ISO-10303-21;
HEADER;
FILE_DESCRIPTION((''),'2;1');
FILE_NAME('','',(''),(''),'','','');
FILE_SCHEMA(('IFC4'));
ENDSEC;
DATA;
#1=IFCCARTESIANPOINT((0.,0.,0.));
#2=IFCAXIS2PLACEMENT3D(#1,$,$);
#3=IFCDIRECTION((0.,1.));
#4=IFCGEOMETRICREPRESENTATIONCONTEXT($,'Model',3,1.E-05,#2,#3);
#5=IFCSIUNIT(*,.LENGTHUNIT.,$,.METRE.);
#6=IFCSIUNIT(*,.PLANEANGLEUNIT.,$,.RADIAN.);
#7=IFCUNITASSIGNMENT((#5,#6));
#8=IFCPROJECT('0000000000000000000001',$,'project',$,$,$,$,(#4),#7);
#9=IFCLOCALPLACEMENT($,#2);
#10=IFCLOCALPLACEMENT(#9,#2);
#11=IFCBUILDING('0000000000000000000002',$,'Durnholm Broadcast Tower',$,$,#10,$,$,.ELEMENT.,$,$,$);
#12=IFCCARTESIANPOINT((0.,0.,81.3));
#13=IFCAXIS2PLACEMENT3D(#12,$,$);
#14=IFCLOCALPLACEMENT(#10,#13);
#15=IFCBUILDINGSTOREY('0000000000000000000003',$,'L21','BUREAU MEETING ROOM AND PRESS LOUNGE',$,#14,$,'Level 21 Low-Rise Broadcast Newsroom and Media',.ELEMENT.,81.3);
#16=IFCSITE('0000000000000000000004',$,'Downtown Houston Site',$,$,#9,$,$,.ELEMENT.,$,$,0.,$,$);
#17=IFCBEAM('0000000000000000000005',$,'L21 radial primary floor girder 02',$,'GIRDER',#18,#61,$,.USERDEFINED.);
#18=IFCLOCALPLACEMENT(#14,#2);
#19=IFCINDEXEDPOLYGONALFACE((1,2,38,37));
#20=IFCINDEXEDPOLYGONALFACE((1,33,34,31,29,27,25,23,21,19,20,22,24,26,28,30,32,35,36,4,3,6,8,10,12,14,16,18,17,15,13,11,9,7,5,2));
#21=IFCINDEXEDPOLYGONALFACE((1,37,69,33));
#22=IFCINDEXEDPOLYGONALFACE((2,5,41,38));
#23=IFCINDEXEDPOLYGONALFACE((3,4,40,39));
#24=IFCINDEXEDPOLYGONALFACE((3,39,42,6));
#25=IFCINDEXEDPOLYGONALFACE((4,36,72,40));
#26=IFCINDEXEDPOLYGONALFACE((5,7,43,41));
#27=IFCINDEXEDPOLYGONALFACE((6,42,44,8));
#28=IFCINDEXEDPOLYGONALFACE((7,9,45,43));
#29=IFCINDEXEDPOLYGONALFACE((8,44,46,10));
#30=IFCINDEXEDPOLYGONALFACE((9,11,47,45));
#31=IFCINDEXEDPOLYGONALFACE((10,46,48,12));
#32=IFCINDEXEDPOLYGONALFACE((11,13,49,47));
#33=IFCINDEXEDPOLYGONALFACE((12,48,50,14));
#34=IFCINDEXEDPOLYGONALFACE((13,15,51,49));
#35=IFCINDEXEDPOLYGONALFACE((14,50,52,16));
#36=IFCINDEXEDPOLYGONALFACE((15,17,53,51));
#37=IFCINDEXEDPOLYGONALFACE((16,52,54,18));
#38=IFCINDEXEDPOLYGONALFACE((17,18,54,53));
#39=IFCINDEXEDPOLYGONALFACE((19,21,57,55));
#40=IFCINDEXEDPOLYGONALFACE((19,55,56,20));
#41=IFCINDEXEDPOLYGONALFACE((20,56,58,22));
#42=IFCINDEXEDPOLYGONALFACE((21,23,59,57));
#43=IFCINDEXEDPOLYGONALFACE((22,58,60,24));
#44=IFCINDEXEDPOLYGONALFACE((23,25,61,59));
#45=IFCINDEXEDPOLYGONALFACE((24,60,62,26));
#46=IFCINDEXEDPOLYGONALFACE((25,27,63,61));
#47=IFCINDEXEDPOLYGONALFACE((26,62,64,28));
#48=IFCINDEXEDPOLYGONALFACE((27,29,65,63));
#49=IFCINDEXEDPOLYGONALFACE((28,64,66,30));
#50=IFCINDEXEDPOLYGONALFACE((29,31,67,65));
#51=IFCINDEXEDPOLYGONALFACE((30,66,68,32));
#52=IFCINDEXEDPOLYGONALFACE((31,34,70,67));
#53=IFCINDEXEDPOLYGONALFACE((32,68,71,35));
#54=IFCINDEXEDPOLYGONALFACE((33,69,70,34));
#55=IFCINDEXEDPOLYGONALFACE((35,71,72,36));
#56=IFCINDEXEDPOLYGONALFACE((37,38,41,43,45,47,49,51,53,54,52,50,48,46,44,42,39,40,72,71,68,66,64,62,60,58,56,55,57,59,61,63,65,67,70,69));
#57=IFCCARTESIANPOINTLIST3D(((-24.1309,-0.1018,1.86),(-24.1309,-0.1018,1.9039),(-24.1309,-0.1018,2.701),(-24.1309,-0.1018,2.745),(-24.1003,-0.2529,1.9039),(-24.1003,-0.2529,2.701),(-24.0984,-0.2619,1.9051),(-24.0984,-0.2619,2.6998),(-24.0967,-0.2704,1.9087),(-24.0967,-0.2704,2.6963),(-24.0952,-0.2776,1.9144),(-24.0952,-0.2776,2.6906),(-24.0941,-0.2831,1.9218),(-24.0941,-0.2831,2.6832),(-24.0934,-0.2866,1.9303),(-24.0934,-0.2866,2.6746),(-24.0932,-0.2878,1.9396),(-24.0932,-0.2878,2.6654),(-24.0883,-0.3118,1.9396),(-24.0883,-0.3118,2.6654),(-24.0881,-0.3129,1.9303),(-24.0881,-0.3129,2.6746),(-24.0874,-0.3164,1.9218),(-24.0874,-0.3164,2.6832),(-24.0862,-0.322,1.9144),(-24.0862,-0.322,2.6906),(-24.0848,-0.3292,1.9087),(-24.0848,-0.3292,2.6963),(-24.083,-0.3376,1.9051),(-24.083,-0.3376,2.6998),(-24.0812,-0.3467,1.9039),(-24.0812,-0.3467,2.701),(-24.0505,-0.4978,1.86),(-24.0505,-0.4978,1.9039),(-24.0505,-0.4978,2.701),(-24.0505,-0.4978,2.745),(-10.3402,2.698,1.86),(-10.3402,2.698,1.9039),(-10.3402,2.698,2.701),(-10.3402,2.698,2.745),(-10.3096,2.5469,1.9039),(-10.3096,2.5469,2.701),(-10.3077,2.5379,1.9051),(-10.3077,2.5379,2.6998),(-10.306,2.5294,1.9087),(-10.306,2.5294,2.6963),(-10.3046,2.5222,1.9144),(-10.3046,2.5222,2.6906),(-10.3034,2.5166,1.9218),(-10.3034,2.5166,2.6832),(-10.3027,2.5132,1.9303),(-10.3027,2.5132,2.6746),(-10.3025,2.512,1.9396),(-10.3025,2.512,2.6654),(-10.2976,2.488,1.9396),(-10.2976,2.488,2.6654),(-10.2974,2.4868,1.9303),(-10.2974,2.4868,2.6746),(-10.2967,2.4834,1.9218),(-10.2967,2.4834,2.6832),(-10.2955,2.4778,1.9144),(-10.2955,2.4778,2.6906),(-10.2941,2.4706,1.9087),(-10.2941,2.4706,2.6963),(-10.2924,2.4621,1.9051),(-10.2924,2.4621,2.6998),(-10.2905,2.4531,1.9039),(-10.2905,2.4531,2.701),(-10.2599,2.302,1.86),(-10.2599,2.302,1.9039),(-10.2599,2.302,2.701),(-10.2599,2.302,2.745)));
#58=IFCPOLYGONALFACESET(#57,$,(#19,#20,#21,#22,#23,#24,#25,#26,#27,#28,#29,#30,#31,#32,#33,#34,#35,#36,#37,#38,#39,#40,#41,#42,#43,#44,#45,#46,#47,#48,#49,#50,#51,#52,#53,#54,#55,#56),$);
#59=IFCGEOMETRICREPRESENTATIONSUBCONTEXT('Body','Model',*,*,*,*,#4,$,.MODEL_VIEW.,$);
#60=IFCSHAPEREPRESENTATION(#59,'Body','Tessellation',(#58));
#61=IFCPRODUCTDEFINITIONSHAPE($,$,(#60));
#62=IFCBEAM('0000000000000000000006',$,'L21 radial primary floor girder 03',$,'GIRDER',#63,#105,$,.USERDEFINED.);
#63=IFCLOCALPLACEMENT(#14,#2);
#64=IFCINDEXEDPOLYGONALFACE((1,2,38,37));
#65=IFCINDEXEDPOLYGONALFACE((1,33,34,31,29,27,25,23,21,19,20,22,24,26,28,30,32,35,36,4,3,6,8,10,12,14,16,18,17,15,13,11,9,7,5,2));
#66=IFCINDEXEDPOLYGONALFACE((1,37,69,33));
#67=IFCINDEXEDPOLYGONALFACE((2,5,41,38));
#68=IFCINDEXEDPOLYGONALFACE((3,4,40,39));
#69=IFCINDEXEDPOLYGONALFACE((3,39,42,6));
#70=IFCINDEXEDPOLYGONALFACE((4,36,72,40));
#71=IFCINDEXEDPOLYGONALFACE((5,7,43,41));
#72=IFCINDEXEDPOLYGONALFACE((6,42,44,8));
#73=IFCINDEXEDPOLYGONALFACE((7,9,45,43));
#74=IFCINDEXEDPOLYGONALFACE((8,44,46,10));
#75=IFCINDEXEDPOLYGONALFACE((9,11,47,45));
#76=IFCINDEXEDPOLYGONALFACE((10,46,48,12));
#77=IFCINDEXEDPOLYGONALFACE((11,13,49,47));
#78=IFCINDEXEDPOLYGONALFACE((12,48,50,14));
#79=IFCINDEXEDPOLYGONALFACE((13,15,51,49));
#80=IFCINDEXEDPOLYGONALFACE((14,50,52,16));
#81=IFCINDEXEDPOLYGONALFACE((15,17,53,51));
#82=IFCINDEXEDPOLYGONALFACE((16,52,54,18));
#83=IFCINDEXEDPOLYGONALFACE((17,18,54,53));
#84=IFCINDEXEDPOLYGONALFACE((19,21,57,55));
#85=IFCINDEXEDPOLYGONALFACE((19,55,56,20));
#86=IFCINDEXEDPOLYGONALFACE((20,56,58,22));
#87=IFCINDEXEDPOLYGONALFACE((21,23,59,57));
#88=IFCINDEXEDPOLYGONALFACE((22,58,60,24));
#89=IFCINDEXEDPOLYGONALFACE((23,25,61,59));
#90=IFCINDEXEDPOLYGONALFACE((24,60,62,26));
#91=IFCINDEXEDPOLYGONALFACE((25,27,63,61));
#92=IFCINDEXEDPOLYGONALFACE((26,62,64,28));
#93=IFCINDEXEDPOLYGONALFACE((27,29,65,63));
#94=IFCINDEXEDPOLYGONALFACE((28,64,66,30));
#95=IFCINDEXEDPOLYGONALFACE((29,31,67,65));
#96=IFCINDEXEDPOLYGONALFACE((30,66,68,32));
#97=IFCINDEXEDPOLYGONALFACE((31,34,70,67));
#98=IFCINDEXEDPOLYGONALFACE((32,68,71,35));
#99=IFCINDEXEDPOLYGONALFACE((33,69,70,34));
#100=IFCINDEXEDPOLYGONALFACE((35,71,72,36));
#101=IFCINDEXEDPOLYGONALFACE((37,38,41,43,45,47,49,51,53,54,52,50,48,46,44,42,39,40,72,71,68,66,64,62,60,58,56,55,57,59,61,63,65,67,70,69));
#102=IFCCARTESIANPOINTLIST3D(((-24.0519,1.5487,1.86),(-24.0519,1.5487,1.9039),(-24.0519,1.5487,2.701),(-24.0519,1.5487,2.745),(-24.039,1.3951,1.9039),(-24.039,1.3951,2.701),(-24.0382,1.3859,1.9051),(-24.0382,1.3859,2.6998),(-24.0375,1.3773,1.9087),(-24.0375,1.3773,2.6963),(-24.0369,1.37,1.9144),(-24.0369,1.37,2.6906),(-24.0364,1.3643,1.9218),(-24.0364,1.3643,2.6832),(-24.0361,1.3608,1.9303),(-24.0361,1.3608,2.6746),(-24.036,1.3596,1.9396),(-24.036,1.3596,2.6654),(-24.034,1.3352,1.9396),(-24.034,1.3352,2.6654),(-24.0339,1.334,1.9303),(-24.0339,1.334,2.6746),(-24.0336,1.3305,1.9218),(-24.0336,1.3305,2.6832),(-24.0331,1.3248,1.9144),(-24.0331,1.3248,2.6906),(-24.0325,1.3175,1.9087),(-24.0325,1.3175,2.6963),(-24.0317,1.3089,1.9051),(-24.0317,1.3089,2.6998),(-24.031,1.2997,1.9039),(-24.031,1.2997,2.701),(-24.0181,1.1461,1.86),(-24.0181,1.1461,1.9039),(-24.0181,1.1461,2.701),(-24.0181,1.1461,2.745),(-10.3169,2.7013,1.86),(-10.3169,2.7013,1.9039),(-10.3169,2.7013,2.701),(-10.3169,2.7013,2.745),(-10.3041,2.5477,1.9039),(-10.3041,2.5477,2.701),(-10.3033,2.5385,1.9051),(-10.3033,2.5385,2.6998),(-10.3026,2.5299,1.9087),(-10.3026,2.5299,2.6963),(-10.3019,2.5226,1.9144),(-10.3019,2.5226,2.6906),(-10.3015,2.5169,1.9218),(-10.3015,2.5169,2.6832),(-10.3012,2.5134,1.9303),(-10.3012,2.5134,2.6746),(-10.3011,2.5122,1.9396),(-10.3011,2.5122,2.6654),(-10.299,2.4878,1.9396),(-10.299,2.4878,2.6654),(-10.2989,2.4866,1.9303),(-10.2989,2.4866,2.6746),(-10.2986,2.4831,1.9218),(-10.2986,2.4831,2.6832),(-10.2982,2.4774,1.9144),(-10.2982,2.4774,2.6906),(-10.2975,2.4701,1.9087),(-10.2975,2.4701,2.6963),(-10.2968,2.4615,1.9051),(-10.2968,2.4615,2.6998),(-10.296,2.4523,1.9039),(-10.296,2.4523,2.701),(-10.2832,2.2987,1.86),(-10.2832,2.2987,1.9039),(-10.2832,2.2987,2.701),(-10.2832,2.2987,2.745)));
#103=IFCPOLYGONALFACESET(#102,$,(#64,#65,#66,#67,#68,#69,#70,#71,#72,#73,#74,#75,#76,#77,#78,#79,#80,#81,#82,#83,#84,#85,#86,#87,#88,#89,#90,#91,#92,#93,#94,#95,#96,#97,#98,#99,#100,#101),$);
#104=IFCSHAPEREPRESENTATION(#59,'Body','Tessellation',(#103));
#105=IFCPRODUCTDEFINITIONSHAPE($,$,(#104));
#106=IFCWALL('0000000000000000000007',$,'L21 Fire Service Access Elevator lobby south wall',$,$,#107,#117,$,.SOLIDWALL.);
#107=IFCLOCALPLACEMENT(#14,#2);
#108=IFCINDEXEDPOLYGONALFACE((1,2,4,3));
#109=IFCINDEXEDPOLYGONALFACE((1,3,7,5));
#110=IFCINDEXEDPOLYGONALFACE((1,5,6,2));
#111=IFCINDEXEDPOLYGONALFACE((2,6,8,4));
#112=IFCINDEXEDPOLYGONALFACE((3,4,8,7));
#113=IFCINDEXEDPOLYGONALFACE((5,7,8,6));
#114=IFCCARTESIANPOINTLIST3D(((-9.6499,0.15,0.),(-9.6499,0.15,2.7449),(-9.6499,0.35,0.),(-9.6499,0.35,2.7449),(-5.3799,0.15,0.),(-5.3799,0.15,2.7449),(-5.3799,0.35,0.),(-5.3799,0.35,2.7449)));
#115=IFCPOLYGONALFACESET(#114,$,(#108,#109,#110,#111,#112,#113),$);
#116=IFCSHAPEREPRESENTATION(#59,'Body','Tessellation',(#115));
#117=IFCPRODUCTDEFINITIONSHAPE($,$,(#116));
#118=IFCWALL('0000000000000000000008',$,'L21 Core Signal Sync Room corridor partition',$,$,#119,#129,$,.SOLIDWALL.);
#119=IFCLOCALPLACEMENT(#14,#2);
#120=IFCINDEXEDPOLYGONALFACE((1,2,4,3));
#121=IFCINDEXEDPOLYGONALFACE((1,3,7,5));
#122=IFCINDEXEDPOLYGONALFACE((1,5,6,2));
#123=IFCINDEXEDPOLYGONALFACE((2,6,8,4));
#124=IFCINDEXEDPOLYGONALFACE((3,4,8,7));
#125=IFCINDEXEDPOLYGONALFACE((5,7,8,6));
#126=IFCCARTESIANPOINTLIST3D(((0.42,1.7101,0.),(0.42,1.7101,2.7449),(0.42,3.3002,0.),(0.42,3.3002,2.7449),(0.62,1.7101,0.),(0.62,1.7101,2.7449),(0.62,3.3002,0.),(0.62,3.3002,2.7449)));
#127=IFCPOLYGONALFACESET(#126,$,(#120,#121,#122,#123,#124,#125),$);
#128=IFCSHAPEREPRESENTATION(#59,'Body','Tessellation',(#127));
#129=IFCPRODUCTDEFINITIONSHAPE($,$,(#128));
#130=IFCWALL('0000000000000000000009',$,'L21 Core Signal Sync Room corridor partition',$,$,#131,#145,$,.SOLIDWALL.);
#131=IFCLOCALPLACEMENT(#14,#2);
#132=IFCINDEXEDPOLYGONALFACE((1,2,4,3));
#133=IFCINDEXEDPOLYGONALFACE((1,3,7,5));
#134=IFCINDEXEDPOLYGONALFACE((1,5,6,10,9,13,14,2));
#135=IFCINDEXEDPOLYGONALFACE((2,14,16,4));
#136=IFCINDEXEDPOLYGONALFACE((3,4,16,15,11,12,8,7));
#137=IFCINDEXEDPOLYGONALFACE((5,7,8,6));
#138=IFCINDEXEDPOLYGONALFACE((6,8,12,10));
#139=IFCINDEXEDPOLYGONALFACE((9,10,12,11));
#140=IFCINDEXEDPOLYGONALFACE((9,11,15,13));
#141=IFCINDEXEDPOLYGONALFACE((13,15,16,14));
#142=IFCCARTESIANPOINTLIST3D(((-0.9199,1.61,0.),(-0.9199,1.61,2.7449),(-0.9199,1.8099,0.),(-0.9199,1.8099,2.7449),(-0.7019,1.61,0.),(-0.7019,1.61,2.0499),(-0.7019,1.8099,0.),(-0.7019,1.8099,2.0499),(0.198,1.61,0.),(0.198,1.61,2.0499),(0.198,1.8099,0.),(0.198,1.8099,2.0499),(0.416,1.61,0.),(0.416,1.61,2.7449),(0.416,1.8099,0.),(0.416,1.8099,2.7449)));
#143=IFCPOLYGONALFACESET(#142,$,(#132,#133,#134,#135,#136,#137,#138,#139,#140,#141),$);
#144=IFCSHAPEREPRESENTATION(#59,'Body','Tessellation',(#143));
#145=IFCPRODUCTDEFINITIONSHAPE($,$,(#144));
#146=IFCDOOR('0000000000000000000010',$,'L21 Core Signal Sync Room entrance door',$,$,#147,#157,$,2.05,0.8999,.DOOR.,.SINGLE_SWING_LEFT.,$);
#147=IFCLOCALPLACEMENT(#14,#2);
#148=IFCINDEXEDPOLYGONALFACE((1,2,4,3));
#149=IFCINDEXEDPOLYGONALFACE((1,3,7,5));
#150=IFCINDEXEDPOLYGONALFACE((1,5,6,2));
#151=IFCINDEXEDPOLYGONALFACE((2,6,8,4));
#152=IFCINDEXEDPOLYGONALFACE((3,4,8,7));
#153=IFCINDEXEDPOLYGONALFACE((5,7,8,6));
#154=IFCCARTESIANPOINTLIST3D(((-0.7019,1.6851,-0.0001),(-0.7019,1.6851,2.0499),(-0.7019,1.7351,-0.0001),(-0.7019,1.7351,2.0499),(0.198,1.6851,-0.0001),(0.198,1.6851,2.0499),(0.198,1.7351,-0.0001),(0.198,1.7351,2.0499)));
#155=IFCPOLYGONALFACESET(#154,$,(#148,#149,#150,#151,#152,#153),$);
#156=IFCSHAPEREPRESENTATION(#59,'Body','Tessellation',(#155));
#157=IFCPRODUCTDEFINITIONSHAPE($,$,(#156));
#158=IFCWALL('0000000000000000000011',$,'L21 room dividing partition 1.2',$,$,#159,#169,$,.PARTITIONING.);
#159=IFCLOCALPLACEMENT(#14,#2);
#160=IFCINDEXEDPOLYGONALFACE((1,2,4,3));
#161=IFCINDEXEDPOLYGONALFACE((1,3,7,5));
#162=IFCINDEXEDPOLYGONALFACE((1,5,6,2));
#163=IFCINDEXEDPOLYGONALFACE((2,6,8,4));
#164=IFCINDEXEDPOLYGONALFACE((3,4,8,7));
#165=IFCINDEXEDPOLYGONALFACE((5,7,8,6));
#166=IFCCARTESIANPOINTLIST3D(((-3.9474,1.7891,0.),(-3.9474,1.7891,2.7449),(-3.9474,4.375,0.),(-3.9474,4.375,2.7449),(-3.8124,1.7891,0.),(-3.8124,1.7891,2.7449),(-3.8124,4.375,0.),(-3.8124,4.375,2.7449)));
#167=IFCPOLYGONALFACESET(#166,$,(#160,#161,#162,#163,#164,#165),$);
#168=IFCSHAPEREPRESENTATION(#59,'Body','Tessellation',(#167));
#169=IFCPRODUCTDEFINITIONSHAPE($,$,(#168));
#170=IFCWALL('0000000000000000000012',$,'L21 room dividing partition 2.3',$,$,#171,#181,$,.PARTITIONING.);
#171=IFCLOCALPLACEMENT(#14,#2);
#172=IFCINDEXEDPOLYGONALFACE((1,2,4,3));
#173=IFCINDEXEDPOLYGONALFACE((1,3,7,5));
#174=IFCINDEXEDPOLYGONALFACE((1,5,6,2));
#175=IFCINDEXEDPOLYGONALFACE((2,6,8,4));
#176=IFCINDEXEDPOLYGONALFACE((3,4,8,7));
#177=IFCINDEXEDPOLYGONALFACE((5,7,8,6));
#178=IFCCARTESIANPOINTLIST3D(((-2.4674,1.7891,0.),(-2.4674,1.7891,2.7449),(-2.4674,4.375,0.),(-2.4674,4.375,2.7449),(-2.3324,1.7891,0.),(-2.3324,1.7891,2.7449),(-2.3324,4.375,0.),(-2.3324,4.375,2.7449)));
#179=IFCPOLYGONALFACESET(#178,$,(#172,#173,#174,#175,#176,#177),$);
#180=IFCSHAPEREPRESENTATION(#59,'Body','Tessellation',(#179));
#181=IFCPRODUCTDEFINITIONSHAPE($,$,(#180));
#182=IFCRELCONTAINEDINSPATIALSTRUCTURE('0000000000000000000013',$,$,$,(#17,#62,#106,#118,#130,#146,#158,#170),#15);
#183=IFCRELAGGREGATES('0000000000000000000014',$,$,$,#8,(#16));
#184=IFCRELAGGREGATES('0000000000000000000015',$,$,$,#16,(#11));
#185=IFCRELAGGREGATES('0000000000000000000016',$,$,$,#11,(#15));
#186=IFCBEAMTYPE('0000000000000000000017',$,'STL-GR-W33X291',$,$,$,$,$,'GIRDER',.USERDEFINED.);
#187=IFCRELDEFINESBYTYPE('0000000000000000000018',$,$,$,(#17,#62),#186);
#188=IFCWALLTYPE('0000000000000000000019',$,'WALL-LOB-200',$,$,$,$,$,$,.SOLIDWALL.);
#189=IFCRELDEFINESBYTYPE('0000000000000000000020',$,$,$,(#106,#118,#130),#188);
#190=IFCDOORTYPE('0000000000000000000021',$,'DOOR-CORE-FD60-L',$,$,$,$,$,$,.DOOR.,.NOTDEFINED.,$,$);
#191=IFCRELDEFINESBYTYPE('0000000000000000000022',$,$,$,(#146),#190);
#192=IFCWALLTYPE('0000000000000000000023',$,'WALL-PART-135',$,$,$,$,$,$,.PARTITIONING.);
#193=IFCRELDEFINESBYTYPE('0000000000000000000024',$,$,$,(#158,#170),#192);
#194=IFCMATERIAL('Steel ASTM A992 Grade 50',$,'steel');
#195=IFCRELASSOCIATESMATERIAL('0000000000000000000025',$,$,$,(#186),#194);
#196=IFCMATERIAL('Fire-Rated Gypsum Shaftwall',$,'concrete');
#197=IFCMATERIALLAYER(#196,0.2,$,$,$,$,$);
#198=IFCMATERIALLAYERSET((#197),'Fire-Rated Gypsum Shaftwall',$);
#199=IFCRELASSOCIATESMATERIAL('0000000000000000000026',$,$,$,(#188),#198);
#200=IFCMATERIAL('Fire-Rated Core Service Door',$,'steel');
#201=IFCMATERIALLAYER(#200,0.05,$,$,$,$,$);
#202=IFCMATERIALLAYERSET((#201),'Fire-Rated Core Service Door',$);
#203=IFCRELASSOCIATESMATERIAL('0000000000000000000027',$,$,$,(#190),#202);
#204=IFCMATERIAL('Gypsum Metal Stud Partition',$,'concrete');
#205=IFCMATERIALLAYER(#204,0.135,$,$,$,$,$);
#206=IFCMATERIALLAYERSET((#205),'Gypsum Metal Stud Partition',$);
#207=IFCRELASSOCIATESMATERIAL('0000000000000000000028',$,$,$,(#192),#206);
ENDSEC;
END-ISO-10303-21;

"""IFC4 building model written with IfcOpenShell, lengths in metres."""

from ifc_helpers import new_model, si_unit, direction, frame, frame_2d, origin, origin_2d, place, context, subcontext, project, spatial, rectangle, i_section, extrude, source, transform, mapped, material, layer, layer_set, material_profile, profile_set, type_object, type_shapes, element, fill, save


model = new_model("IFC4")

# Units and contexts
model_context = context("Model", 3, precision=1e-05, world=origin(), true_north=direction((0.0, 1.0)))
body_context = subcontext(model_context, "Body", "Model", "MODEL_VIEW")
ifc_project = project(units=[si_unit("LENGTHUNIT", "METRE"), si_unit("PLANEANGLEUNIT", "RADIAN")], contexts=[model_context])

# Site, building, storey
site_placement = place(None, origin())
site = spatial("IfcSite", under=ifc_project, at=site_placement, Name="Downtown Houston Site", CompositionType="ELEMENT", RefElevation=0.0)
building_placement = place(site_placement, origin())
building = spatial("IfcBuilding", under=site, at=building_placement, Name="Durnholm Broadcast Tower", CompositionType="ELEMENT")
storey_placement = place(building_placement, frame((0.0, 0.0, 81.3)))
storey = spatial("IfcBuildingStorey", under=building, at=storey_placement, Name="L21", Description="BUREAU MEETING ROOM AND PRESS LOUNGE", LongName="Level 21 Low-Rise Broadcast Newsroom and Media", CompositionType="ELEMENT", Elevation=81.3)

# Beams
ifc_material_1 = material(Name="Steel ASTM A992 Grade 50", Category="steel")
ifc_material_profile = material_profile(ifc_material_1, i_section(OverallWidth=0.4041, OverallDepth=0.885, WebThickness=0.0244, FlangeThickness=0.0439, FilletRadius=0.0356, at=origin_2d()), Name="W33X291")
ifc_profile_set = profile_set([ifc_material_profile], Name="Steel ASTM A992 Grade 50")
beam_type = type_object("IfcBeamType", Name="STL-GR-W33X291", ElementType="GIRDER", PredefinedType="USERDEFINED", material=ifc_profile_set)
shared_shape_1 = source(origin(), body_context, "Body", "SweptSolid", [
    extrude(i_section(OverallWidth=0.4041, OverallDepth=0.885, WebThickness=0.0244, FlangeThickness=0.0439, FilletRadius=0.0356, at=origin_2d()), origin(), (0.0, 0.0, 1.0), 14.072),
])
beam_1_placement = place(storey_placement, frame((-10.3, 2.5, 2.3025), z_axis=(-0.980007, -0.198961, 0.0), x_axis=(0.198961, -0.980007, 0.0)))
element("IfcBeam", 1, at=beam_1_placement, inside=storey, type_object=beam_type, Name="L21 radial primary floor girder 02", ObjectType="GIRDER", PredefinedType="USERDEFINED", context=body_context, shape_type="MappedRepresentation", body=[
    mapped(shared_shape_1, transform((0.0, 0.0, 0.0), x_axis=(1.0, 0.0, 0.0), y_axis=(0.0, 1.0, 0.0), z_axis=(0.0, 0.0, 1.0), scale=1.0)),
])
shared_shape_2 = source(origin(), body_context, "Body", "SweptSolid", [
    extrude(i_section(OverallWidth=0.4041, OverallDepth=0.885, WebThickness=0.0244, FlangeThickness=0.0439, FilletRadius=0.0356, at=origin_2d()), origin(), (0.0, 0.0, 1.0), 13.7832),
])
type_shapes(beam_type, [shared_shape_1, shared_shape_2])
beam_2_placement = place(storey_placement, frame((-10.3, 2.5, 2.3025), z_axis=(-0.996497, -0.083623, 0.0), x_axis=(0.083623, -0.996497, 0.0)))
element("IfcBeam", 2, at=beam_2_placement, inside=storey, type_object=beam_type, Name="L21 radial primary floor girder 03", ObjectType="GIRDER", PredefinedType="USERDEFINED", context=body_context, shape_type="MappedRepresentation", body=[
    mapped(shared_shape_2, transform((0.0, 0.0, 0.0), x_axis=(1.0, 0.0, 0.0), y_axis=(0.0, 1.0, 0.0), z_axis=(0.0, 0.0, 1.0), scale=1.0)),
])

# Wall
ifc_material_2 = material(Name="Fire-Rated Gypsum Shaftwall", Category="concrete")
ifc_layer_1 = layer(ifc_material_2, 0.2)
ifc_layer_set_1 = layer_set([ifc_layer_1], Name="Fire-Rated Gypsum Shaftwall")
wall_type_1 = type_object("IfcWallType", Name="WALL-LOB-200", PredefinedType="SOLIDWALL", material=ifc_layer_set_1)
wall_1_placement = place(storey_placement, frame((-9.6499, 0.25, 0.0), z_axis=(0.0, 0.0, 1.0), x_axis=(1.0, 0.0, 0.0)))
element("IfcWall", 3, at=wall_1_placement, inside=storey, type_object=wall_type_1, Name="L21 Fire Service Access Elevator lobby south wall", PredefinedType="SOLIDWALL", context=body_context, shape_type="SweptSolid", body=[
    extrude(rectangle(XDim=4.27, YDim=0.2, at=frame_2d((2.135, 0.0))), origin(), (0.0, 0.0, 1.0), 2.7449),
])

# Wall
wall_2_placement = place(storey_placement, frame((0.52, 3.3, 0.0), z_axis=(0.0, 0.0, 1.0), x_axis=(0.0, -1.0, 0.0)))
element("IfcWall", 4, at=wall_2_placement, inside=storey, type_object=wall_type_1, Name="L21 Core Signal Sync Room corridor partition", PredefinedType="SOLIDWALL", context=body_context, shape_type="SweptSolid", body=[
    extrude(rectangle(XDim=1.5901, YDim=0.2, at=frame_2d((0.7949, 0.0))), origin(), (0.0, 0.0, 1.0), 2.7449),
])

# Wall, opening, door
wall_3_placement = place(storey_placement, frame((0.416, 1.71, 0.0), z_axis=(0.0, 0.0, 1.0), x_axis=(-1.0, 0.0, 0.0)))
wall_3 = element("IfcWall", 5, at=wall_3_placement, inside=storey, type_object=wall_type_1, Name="L21 Core Signal Sync Room corridor partition", PredefinedType="SOLIDWALL", context=body_context, shape_type="SweptSolid", body=[
    extrude(rectangle(XDim=1.3359, YDim=0.2, at=frame_2d((0.668, 0.0))), origin(), (0.0, 0.0, 1.0), 2.7449),
])
opening_1_placement = place(wall_3_placement, frame((0.218, 0.0, 0.0)))
opening_1 = element("IfcOpeningElement", 6, at=opening_1_placement, cuts=wall_3, PredefinedType="OPENING", context=body_context, shape_type="SweptSolid", body=[
    extrude(rectangle(XDim=0.8999, YDim=2.05, at=frame_2d((0.45, 1.0249))), frame((0.0, 0.1099, 0.0), z_axis=(0.0, -1.0, 0.0), x_axis=(1.0, 0.0, 0.0)), (0.0, 0.0, 1.0), 0.22),
])
ifc_material_3 = material(Name="Fire-Rated Core Service Door", Category="steel")
ifc_layer_2 = layer(ifc_material_3, 0.05)
ifc_layer_set_2 = layer_set([ifc_layer_2], Name="Fire-Rated Core Service Door")
door_type_1 = type_object("IfcDoorType", Name="DOOR-CORE-FD60-L", OperationType="NOTDEFINED", PredefinedType="DOOR", material=ifc_layer_set_2)
shared_shape_3 = source(origin(), body_context, "Body", "SweptSolid", [
    extrude(rectangle(XDim=0.8999, YDim=2.05, at=frame_2d((0.45, 1.0249))), frame((0.0, 0.0249, 0.0), z_axis=(0.0, -1.0, 0.0), x_axis=(1.0, 0.0, 0.0)), (0.0, 0.0, 1.0), 0.05),
])
type_shapes(door_type_1, [shared_shape_3])
door_1_placement = place(opening_1_placement, origin())
door_1 = element("IfcDoor", 7, at=door_1_placement, inside=storey, type_object=door_type_1, Name="L21 Core Signal Sync Room entrance door", OperationType="SINGLE_SWING_LEFT", OverallHeight=2.05, OverallWidth=0.8999, PredefinedType="DOOR", context=body_context, shape_type="MappedRepresentation", body=[
    mapped(shared_shape_3, transform((0.0, 0.0, 0.0), x_axis=(1.0, 0.0, 0.0), y_axis=(0.0, 1.0, 0.0), z_axis=(0.0, 0.0, 1.0), scale=1.0)),
])
fill(opening_1, door_1)

# Walls
ifc_material_4 = material(Name="Gypsum Metal Stud Partition", Category="concrete")
ifc_layer_3 = layer(ifc_material_4, 0.135)
ifc_layer_set_3 = layer_set([ifc_layer_3], Name="Gypsum Metal Stud Partition")
wall_type_2 = type_object("IfcWallType", Name="WALL-PART-135", PredefinedType="PARTITIONING", material=ifc_layer_set_3)
for number, where, z_axis, x_axis, name in (
    (8, (-3.8799, 4.375, 0.0), (0.0, 0.0, 1.0), (0.0, -1.0, 0.0), "L21 room dividing partition 1.2"),
    (9, (-2.3999, 4.375, 0.0), (0.0, 0.0, 1.0), (0.0, -1.0, 0.0), "L21 room dividing partition 2.3"),
):
    element("IfcWall", number, at=place(storey_placement, frame(where, z_axis=z_axis, x_axis=x_axis)), inside=storey, type_object=wall_type_2, Name=name, PredefinedType="PARTITIONING", context=body_context, shape_type="SweptSolid", body=[
        extrude(rectangle(XDim=2.5859, YDim=0.135, at=frame_2d((1.293, 0.0))), origin(), (0.0, 0.0, 1.0), 2.7449),
    ])

save(model, "model.ifc")
